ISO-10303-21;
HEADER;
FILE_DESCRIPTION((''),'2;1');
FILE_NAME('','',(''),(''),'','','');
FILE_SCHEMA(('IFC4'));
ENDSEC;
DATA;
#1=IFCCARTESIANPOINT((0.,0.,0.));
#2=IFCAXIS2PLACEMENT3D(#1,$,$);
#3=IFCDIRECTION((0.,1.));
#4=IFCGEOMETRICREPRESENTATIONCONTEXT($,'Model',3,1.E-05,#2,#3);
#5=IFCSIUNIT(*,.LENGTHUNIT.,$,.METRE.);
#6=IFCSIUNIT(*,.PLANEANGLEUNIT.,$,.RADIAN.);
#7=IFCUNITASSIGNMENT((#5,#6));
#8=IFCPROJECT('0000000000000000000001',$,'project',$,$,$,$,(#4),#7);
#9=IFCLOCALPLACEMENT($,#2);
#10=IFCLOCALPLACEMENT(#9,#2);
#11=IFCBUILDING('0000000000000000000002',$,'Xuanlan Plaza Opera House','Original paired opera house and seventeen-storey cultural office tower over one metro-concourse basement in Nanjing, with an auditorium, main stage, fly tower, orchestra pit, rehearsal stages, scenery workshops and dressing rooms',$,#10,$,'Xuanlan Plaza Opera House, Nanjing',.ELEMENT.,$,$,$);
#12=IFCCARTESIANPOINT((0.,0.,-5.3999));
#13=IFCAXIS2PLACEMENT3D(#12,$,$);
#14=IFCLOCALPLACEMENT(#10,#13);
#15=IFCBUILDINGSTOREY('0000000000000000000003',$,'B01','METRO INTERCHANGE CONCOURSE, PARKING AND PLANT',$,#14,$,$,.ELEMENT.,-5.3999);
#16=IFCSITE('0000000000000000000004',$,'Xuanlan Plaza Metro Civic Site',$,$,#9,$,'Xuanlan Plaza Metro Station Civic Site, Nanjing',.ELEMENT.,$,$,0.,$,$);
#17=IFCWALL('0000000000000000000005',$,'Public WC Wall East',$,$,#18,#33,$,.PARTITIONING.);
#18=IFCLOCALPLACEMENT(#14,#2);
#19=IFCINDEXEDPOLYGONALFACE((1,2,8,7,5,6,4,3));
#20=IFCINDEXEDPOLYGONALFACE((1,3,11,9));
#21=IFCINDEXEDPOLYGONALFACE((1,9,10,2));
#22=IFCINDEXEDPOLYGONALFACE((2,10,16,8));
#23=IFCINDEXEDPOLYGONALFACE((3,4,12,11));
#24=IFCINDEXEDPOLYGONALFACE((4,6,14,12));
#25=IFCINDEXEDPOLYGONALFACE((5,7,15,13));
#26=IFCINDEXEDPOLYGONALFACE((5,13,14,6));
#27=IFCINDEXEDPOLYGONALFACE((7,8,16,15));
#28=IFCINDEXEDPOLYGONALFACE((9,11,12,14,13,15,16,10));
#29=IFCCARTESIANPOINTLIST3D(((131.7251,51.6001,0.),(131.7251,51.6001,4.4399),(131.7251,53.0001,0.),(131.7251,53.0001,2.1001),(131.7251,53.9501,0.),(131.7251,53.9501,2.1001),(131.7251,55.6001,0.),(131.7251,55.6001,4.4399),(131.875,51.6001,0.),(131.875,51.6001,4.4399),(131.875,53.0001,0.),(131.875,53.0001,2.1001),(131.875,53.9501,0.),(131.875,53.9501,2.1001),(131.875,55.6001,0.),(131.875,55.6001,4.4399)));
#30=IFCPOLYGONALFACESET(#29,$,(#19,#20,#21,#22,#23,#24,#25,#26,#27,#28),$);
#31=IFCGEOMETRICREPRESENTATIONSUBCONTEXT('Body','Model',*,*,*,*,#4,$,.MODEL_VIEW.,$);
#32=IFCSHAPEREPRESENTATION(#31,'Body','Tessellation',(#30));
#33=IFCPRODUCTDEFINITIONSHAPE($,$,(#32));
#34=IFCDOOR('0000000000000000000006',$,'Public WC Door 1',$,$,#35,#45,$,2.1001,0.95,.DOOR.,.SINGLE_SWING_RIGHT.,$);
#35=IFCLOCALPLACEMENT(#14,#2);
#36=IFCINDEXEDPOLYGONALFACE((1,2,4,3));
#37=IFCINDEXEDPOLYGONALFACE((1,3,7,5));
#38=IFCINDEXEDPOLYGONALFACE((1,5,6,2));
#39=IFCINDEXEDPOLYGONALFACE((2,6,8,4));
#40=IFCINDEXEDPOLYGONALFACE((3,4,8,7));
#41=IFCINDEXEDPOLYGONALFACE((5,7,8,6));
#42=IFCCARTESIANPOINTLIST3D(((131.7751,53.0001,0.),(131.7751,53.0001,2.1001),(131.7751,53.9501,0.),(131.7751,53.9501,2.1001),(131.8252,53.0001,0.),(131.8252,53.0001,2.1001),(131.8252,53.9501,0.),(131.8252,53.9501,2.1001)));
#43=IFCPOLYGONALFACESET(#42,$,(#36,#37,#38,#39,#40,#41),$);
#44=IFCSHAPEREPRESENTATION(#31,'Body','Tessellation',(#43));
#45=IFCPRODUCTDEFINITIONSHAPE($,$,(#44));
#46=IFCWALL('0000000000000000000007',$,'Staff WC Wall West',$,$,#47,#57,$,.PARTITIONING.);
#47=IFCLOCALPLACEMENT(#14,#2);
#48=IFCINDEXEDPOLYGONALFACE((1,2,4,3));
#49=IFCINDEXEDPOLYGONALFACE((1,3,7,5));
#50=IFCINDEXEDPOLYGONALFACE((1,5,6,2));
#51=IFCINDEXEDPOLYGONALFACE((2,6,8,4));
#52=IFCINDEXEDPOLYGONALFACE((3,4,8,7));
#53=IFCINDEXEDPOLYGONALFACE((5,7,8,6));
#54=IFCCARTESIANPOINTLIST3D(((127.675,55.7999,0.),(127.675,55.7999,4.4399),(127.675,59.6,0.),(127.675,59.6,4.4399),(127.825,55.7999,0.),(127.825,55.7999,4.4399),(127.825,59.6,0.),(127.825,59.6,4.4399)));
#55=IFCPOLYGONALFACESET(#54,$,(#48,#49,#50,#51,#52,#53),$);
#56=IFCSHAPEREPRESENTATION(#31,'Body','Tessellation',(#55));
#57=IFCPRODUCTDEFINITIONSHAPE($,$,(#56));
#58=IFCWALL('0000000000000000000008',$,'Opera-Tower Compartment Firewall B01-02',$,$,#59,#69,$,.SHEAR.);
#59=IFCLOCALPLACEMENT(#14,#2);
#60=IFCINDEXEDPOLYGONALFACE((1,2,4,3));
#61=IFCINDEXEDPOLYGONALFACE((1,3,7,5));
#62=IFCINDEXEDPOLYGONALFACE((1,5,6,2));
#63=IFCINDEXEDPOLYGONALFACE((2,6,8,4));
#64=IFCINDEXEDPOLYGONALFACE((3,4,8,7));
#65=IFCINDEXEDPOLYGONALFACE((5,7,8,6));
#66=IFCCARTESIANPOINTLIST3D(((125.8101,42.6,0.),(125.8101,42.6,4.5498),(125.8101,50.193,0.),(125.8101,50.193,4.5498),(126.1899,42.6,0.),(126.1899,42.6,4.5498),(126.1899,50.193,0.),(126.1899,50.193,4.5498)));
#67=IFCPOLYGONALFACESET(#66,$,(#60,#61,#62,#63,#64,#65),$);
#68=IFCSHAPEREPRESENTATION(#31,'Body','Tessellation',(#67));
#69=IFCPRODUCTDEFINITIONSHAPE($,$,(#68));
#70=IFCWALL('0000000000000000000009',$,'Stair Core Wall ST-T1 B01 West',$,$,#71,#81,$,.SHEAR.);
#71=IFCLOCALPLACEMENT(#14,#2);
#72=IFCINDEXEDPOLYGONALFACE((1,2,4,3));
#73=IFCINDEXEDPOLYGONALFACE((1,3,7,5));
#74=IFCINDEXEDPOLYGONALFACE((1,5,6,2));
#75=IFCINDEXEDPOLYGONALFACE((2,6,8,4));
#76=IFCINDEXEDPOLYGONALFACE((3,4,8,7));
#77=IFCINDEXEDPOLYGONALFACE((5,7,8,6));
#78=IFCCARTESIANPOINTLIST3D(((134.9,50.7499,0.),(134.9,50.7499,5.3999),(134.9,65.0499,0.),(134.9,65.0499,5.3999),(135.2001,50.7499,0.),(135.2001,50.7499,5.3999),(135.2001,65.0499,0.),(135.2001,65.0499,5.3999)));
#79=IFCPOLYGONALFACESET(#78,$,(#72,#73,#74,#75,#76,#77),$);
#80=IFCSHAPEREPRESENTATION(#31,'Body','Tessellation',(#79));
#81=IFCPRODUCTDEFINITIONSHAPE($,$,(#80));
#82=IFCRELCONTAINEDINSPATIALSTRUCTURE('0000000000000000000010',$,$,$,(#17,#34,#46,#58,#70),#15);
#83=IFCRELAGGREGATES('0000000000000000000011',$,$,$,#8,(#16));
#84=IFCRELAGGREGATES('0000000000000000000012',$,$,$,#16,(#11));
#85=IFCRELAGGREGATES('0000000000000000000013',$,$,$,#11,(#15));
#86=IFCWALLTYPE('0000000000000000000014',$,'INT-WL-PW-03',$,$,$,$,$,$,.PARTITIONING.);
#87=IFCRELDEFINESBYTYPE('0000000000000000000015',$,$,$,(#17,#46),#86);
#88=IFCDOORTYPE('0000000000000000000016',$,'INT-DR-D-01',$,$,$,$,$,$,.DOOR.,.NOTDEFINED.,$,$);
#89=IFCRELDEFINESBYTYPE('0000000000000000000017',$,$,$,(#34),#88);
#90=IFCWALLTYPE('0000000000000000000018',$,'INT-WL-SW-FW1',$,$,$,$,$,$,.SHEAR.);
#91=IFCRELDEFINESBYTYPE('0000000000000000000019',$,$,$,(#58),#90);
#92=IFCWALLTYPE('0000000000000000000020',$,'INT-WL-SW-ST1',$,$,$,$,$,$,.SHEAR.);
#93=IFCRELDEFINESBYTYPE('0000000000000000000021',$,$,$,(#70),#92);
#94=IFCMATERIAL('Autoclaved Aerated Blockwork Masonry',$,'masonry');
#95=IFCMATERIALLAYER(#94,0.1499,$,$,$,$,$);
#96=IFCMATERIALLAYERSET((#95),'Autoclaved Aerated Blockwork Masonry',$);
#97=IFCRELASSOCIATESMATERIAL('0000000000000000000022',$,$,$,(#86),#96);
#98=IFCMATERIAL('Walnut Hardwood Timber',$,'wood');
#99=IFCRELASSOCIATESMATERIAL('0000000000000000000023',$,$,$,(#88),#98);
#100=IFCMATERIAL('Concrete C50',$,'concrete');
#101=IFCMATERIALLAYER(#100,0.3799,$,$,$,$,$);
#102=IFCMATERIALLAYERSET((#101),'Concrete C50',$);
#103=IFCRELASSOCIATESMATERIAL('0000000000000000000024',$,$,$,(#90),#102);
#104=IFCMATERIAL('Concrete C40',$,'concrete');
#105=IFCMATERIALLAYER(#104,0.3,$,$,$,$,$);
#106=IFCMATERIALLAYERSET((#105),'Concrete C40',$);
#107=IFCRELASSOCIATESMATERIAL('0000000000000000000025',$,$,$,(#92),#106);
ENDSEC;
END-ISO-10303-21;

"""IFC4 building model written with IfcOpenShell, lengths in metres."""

from ifc_helpers import new_model, si_unit, direction, frame, frame_2d, origin, place, context, subcontext, project, spatial, rectangle, extrude, material, layer, layer_set, type_object, element, fill, save


model = new_model("IFC4")

# Units and contexts
model_context = context("Model", 3, precision=1e-05, world=origin(), true_north=direction((0.0, 1.0)))
body_context = subcontext(model_context, "Body", "Model", "MODEL_VIEW")
ifc_project = project(units=[si_unit("LENGTHUNIT", "METRE"), si_unit("PLANEANGLEUNIT", "RADIAN")], contexts=[model_context])

# Site, building, storey
site_placement = place(None, origin())
site = spatial("IfcSite", under=ifc_project, at=site_placement, Name="Xuanlan Plaza Metro Civic Site", LongName="Xuanlan Plaza Metro Station Civic Site, Nanjing", CompositionType="ELEMENT", RefElevation=0.0)
building_placement = place(site_placement, origin())
building = spatial("IfcBuilding", under=site, at=building_placement, Name="Xuanlan Plaza Opera House", Description="Original paired opera house and seventeen-storey cultural office tower over one metro-concourse basement in Nanjing, with an auditorium, main stage, fly tower, orchestra pit, rehearsal stages, scenery workshops and dressing rooms", LongName="Xuanlan Plaza Opera House, Nanjing", CompositionType="ELEMENT")
storey_placement = place(building_placement, frame((0.0, 0.0, -5.3999)))
storey = spatial("IfcBuildingStorey", under=building, at=storey_placement, Name="B01", Description="METRO INTERCHANGE CONCOURSE, PARKING AND PLANT", CompositionType="ELEMENT", Elevation=-5.3999)

# Shared definitions
ifc_material_1 = material(Name="Concrete C50", Category="concrete")

# Shared definitions
ifc_material_2 = material(Name="Concrete C40", Category="concrete")

# Shared definitions
ifc_material_3 = material(Name="Autoclaved Aerated Blockwork Masonry", Category="masonry")
ifc_layer_1 = layer(ifc_material_3, 0.1499)
ifc_layer_set_1 = layer_set([ifc_layer_1], Name="Autoclaved Aerated Blockwork Masonry")
wall_type_1 = type_object("IfcWallType", Name="INT-WL-PW-03", PredefinedType="PARTITIONING", material=ifc_layer_set_1)

# Wall, opening, door
wall_1_placement = place(storey_placement, frame((131.8, 51.6001, 0.0), z_axis=(0.0, 0.0, 1.0), x_axis=(0.0, 1.0, 0.0)))
wall_1 = element("IfcWall", 1, at=wall_1_placement, inside=storey, type_object=wall_type_1, Name="Public WC Wall East", PredefinedType="PARTITIONING", context=body_context, shape_type="SweptSolid", body=[
    extrude(rectangle(XDim=4.0, YDim=0.1499, at=frame_2d((2.0, 0.0))), origin(), (0.0, 0.0, 1.0), 4.4399),
])
opening_1_placement = place(wall_1_placement, frame((1.3999, 0.0, 0.0)))
opening_1 = element("IfcOpeningElement", 2, at=opening_1_placement, cuts=wall_1, PredefinedType="OPENING", context=body_context, shape_type="SweptSolid", body=[
    extrude(rectangle(XDim=0.95, YDim=2.1001, at=frame_2d((0.4751, 1.05))), frame((0.0, 0.085, 0.0), z_axis=(0.0, -1.0, 0.0), x_axis=(1.0, 0.0, 0.0)), (0.0, 0.0, 1.0), 0.1699),
])
ifc_material_4 = material(Name="Walnut Hardwood Timber", Category="wood")
door_type_1 = type_object("IfcDoorType", Name="INT-DR-D-01", OperationType="NOTDEFINED", PredefinedType="DOOR", material=ifc_material_4)
door_1_placement = place(opening_1_placement, origin())
door_1 = element("IfcDoor", 3, at=door_1_placement, inside=storey, type_object=door_type_1, Name="Public WC Door 1", OperationType="SINGLE_SWING_RIGHT", OverallHeight=2.1001, OverallWidth=0.95, PredefinedType="DOOR", context=body_context, shape_type="SweptSolid", body=[
    extrude(rectangle(XDim=0.95, YDim=2.1001, at=frame_2d((0.4751, 1.05))), frame((0.0, 0.0249, 0.0), z_axis=(0.0, -1.0, 0.0), x_axis=(1.0, 0.0, 0.0)), (0.0, 0.0, 1.0), 0.05),
])
fill(opening_1, door_1)

# Walls
wall_2_placement = place(storey_placement, frame((127.75, 55.8, 0.0), z_axis=(0.0, 0.0, 1.0), x_axis=(0.0, 1.0, 0.0)))
element("IfcWall", 4, at=wall_2_placement, inside=storey, type_object=wall_type_1, Name="Staff WC Wall West", PredefinedType="PARTITIONING", context=body_context, shape_type="SweptSolid", body=[
    extrude(rectangle(XDim=3.8, YDim=0.1499, at=frame_2d((1.8999, 0.0))), origin(), (0.0, 0.0, 1.0), 4.4399),
])
ifc_layer_2 = layer(ifc_material_1, 0.3799)
ifc_layer_set_2 = layer_set([ifc_layer_2], Name="Concrete C50")
wall_type_2 = type_object("IfcWallType", Name="INT-WL-SW-FW1", PredefinedType="SHEAR", material=ifc_layer_set_2)
wall_3_placement = place(storey_placement, frame((126.0, 42.6001, 0.0), z_axis=(0.0, 0.0, 1.0), x_axis=(0.0, 1.0, 0.0)))
element("IfcWall", 5, at=wall_3_placement, inside=storey, type_object=wall_type_2, Name="Opera-Tower Compartment Firewall B01-02", PredefinedType="SHEAR", context=body_context, shape_type="SweptSolid", body=[
    extrude(rectangle(XDim=7.593, YDim=0.3799, at=frame_2d((3.7964, 0.0))), origin(), (0.0, 0.0, 1.0), 4.5498),
])

# Shared definitions
ifc_layer_3 = layer(ifc_material_2, 0.3)
ifc_layer_set_3 = layer_set([ifc_layer_3], Name="Concrete C40")
wall_type_3 = type_object("IfcWallType", Name="INT-WL-SW-ST1", PredefinedType="SHEAR", material=ifc_layer_set_3)

# Wall
wall_4_placement = place(storey_placement, frame((135.05, 50.75, 0.0), z_axis=(0.0, 0.0, 1.0), x_axis=(0.0, 1.0, 0.0)))
element("IfcWall", 6, at=wall_4_placement, inside=storey, type_object=wall_type_3, Name="Stair Core Wall ST-T1 B01 West", PredefinedType="SHEAR", context=body_context, shape_type="SweptSolid", body=[
    extrude(rectangle(XDim=14.3, YDim=0.3, at=frame_2d((7.1499, 0.0))), origin(), (0.0, 0.0, 1.0), 5.3999),
])

save(model, "model.ifc")
